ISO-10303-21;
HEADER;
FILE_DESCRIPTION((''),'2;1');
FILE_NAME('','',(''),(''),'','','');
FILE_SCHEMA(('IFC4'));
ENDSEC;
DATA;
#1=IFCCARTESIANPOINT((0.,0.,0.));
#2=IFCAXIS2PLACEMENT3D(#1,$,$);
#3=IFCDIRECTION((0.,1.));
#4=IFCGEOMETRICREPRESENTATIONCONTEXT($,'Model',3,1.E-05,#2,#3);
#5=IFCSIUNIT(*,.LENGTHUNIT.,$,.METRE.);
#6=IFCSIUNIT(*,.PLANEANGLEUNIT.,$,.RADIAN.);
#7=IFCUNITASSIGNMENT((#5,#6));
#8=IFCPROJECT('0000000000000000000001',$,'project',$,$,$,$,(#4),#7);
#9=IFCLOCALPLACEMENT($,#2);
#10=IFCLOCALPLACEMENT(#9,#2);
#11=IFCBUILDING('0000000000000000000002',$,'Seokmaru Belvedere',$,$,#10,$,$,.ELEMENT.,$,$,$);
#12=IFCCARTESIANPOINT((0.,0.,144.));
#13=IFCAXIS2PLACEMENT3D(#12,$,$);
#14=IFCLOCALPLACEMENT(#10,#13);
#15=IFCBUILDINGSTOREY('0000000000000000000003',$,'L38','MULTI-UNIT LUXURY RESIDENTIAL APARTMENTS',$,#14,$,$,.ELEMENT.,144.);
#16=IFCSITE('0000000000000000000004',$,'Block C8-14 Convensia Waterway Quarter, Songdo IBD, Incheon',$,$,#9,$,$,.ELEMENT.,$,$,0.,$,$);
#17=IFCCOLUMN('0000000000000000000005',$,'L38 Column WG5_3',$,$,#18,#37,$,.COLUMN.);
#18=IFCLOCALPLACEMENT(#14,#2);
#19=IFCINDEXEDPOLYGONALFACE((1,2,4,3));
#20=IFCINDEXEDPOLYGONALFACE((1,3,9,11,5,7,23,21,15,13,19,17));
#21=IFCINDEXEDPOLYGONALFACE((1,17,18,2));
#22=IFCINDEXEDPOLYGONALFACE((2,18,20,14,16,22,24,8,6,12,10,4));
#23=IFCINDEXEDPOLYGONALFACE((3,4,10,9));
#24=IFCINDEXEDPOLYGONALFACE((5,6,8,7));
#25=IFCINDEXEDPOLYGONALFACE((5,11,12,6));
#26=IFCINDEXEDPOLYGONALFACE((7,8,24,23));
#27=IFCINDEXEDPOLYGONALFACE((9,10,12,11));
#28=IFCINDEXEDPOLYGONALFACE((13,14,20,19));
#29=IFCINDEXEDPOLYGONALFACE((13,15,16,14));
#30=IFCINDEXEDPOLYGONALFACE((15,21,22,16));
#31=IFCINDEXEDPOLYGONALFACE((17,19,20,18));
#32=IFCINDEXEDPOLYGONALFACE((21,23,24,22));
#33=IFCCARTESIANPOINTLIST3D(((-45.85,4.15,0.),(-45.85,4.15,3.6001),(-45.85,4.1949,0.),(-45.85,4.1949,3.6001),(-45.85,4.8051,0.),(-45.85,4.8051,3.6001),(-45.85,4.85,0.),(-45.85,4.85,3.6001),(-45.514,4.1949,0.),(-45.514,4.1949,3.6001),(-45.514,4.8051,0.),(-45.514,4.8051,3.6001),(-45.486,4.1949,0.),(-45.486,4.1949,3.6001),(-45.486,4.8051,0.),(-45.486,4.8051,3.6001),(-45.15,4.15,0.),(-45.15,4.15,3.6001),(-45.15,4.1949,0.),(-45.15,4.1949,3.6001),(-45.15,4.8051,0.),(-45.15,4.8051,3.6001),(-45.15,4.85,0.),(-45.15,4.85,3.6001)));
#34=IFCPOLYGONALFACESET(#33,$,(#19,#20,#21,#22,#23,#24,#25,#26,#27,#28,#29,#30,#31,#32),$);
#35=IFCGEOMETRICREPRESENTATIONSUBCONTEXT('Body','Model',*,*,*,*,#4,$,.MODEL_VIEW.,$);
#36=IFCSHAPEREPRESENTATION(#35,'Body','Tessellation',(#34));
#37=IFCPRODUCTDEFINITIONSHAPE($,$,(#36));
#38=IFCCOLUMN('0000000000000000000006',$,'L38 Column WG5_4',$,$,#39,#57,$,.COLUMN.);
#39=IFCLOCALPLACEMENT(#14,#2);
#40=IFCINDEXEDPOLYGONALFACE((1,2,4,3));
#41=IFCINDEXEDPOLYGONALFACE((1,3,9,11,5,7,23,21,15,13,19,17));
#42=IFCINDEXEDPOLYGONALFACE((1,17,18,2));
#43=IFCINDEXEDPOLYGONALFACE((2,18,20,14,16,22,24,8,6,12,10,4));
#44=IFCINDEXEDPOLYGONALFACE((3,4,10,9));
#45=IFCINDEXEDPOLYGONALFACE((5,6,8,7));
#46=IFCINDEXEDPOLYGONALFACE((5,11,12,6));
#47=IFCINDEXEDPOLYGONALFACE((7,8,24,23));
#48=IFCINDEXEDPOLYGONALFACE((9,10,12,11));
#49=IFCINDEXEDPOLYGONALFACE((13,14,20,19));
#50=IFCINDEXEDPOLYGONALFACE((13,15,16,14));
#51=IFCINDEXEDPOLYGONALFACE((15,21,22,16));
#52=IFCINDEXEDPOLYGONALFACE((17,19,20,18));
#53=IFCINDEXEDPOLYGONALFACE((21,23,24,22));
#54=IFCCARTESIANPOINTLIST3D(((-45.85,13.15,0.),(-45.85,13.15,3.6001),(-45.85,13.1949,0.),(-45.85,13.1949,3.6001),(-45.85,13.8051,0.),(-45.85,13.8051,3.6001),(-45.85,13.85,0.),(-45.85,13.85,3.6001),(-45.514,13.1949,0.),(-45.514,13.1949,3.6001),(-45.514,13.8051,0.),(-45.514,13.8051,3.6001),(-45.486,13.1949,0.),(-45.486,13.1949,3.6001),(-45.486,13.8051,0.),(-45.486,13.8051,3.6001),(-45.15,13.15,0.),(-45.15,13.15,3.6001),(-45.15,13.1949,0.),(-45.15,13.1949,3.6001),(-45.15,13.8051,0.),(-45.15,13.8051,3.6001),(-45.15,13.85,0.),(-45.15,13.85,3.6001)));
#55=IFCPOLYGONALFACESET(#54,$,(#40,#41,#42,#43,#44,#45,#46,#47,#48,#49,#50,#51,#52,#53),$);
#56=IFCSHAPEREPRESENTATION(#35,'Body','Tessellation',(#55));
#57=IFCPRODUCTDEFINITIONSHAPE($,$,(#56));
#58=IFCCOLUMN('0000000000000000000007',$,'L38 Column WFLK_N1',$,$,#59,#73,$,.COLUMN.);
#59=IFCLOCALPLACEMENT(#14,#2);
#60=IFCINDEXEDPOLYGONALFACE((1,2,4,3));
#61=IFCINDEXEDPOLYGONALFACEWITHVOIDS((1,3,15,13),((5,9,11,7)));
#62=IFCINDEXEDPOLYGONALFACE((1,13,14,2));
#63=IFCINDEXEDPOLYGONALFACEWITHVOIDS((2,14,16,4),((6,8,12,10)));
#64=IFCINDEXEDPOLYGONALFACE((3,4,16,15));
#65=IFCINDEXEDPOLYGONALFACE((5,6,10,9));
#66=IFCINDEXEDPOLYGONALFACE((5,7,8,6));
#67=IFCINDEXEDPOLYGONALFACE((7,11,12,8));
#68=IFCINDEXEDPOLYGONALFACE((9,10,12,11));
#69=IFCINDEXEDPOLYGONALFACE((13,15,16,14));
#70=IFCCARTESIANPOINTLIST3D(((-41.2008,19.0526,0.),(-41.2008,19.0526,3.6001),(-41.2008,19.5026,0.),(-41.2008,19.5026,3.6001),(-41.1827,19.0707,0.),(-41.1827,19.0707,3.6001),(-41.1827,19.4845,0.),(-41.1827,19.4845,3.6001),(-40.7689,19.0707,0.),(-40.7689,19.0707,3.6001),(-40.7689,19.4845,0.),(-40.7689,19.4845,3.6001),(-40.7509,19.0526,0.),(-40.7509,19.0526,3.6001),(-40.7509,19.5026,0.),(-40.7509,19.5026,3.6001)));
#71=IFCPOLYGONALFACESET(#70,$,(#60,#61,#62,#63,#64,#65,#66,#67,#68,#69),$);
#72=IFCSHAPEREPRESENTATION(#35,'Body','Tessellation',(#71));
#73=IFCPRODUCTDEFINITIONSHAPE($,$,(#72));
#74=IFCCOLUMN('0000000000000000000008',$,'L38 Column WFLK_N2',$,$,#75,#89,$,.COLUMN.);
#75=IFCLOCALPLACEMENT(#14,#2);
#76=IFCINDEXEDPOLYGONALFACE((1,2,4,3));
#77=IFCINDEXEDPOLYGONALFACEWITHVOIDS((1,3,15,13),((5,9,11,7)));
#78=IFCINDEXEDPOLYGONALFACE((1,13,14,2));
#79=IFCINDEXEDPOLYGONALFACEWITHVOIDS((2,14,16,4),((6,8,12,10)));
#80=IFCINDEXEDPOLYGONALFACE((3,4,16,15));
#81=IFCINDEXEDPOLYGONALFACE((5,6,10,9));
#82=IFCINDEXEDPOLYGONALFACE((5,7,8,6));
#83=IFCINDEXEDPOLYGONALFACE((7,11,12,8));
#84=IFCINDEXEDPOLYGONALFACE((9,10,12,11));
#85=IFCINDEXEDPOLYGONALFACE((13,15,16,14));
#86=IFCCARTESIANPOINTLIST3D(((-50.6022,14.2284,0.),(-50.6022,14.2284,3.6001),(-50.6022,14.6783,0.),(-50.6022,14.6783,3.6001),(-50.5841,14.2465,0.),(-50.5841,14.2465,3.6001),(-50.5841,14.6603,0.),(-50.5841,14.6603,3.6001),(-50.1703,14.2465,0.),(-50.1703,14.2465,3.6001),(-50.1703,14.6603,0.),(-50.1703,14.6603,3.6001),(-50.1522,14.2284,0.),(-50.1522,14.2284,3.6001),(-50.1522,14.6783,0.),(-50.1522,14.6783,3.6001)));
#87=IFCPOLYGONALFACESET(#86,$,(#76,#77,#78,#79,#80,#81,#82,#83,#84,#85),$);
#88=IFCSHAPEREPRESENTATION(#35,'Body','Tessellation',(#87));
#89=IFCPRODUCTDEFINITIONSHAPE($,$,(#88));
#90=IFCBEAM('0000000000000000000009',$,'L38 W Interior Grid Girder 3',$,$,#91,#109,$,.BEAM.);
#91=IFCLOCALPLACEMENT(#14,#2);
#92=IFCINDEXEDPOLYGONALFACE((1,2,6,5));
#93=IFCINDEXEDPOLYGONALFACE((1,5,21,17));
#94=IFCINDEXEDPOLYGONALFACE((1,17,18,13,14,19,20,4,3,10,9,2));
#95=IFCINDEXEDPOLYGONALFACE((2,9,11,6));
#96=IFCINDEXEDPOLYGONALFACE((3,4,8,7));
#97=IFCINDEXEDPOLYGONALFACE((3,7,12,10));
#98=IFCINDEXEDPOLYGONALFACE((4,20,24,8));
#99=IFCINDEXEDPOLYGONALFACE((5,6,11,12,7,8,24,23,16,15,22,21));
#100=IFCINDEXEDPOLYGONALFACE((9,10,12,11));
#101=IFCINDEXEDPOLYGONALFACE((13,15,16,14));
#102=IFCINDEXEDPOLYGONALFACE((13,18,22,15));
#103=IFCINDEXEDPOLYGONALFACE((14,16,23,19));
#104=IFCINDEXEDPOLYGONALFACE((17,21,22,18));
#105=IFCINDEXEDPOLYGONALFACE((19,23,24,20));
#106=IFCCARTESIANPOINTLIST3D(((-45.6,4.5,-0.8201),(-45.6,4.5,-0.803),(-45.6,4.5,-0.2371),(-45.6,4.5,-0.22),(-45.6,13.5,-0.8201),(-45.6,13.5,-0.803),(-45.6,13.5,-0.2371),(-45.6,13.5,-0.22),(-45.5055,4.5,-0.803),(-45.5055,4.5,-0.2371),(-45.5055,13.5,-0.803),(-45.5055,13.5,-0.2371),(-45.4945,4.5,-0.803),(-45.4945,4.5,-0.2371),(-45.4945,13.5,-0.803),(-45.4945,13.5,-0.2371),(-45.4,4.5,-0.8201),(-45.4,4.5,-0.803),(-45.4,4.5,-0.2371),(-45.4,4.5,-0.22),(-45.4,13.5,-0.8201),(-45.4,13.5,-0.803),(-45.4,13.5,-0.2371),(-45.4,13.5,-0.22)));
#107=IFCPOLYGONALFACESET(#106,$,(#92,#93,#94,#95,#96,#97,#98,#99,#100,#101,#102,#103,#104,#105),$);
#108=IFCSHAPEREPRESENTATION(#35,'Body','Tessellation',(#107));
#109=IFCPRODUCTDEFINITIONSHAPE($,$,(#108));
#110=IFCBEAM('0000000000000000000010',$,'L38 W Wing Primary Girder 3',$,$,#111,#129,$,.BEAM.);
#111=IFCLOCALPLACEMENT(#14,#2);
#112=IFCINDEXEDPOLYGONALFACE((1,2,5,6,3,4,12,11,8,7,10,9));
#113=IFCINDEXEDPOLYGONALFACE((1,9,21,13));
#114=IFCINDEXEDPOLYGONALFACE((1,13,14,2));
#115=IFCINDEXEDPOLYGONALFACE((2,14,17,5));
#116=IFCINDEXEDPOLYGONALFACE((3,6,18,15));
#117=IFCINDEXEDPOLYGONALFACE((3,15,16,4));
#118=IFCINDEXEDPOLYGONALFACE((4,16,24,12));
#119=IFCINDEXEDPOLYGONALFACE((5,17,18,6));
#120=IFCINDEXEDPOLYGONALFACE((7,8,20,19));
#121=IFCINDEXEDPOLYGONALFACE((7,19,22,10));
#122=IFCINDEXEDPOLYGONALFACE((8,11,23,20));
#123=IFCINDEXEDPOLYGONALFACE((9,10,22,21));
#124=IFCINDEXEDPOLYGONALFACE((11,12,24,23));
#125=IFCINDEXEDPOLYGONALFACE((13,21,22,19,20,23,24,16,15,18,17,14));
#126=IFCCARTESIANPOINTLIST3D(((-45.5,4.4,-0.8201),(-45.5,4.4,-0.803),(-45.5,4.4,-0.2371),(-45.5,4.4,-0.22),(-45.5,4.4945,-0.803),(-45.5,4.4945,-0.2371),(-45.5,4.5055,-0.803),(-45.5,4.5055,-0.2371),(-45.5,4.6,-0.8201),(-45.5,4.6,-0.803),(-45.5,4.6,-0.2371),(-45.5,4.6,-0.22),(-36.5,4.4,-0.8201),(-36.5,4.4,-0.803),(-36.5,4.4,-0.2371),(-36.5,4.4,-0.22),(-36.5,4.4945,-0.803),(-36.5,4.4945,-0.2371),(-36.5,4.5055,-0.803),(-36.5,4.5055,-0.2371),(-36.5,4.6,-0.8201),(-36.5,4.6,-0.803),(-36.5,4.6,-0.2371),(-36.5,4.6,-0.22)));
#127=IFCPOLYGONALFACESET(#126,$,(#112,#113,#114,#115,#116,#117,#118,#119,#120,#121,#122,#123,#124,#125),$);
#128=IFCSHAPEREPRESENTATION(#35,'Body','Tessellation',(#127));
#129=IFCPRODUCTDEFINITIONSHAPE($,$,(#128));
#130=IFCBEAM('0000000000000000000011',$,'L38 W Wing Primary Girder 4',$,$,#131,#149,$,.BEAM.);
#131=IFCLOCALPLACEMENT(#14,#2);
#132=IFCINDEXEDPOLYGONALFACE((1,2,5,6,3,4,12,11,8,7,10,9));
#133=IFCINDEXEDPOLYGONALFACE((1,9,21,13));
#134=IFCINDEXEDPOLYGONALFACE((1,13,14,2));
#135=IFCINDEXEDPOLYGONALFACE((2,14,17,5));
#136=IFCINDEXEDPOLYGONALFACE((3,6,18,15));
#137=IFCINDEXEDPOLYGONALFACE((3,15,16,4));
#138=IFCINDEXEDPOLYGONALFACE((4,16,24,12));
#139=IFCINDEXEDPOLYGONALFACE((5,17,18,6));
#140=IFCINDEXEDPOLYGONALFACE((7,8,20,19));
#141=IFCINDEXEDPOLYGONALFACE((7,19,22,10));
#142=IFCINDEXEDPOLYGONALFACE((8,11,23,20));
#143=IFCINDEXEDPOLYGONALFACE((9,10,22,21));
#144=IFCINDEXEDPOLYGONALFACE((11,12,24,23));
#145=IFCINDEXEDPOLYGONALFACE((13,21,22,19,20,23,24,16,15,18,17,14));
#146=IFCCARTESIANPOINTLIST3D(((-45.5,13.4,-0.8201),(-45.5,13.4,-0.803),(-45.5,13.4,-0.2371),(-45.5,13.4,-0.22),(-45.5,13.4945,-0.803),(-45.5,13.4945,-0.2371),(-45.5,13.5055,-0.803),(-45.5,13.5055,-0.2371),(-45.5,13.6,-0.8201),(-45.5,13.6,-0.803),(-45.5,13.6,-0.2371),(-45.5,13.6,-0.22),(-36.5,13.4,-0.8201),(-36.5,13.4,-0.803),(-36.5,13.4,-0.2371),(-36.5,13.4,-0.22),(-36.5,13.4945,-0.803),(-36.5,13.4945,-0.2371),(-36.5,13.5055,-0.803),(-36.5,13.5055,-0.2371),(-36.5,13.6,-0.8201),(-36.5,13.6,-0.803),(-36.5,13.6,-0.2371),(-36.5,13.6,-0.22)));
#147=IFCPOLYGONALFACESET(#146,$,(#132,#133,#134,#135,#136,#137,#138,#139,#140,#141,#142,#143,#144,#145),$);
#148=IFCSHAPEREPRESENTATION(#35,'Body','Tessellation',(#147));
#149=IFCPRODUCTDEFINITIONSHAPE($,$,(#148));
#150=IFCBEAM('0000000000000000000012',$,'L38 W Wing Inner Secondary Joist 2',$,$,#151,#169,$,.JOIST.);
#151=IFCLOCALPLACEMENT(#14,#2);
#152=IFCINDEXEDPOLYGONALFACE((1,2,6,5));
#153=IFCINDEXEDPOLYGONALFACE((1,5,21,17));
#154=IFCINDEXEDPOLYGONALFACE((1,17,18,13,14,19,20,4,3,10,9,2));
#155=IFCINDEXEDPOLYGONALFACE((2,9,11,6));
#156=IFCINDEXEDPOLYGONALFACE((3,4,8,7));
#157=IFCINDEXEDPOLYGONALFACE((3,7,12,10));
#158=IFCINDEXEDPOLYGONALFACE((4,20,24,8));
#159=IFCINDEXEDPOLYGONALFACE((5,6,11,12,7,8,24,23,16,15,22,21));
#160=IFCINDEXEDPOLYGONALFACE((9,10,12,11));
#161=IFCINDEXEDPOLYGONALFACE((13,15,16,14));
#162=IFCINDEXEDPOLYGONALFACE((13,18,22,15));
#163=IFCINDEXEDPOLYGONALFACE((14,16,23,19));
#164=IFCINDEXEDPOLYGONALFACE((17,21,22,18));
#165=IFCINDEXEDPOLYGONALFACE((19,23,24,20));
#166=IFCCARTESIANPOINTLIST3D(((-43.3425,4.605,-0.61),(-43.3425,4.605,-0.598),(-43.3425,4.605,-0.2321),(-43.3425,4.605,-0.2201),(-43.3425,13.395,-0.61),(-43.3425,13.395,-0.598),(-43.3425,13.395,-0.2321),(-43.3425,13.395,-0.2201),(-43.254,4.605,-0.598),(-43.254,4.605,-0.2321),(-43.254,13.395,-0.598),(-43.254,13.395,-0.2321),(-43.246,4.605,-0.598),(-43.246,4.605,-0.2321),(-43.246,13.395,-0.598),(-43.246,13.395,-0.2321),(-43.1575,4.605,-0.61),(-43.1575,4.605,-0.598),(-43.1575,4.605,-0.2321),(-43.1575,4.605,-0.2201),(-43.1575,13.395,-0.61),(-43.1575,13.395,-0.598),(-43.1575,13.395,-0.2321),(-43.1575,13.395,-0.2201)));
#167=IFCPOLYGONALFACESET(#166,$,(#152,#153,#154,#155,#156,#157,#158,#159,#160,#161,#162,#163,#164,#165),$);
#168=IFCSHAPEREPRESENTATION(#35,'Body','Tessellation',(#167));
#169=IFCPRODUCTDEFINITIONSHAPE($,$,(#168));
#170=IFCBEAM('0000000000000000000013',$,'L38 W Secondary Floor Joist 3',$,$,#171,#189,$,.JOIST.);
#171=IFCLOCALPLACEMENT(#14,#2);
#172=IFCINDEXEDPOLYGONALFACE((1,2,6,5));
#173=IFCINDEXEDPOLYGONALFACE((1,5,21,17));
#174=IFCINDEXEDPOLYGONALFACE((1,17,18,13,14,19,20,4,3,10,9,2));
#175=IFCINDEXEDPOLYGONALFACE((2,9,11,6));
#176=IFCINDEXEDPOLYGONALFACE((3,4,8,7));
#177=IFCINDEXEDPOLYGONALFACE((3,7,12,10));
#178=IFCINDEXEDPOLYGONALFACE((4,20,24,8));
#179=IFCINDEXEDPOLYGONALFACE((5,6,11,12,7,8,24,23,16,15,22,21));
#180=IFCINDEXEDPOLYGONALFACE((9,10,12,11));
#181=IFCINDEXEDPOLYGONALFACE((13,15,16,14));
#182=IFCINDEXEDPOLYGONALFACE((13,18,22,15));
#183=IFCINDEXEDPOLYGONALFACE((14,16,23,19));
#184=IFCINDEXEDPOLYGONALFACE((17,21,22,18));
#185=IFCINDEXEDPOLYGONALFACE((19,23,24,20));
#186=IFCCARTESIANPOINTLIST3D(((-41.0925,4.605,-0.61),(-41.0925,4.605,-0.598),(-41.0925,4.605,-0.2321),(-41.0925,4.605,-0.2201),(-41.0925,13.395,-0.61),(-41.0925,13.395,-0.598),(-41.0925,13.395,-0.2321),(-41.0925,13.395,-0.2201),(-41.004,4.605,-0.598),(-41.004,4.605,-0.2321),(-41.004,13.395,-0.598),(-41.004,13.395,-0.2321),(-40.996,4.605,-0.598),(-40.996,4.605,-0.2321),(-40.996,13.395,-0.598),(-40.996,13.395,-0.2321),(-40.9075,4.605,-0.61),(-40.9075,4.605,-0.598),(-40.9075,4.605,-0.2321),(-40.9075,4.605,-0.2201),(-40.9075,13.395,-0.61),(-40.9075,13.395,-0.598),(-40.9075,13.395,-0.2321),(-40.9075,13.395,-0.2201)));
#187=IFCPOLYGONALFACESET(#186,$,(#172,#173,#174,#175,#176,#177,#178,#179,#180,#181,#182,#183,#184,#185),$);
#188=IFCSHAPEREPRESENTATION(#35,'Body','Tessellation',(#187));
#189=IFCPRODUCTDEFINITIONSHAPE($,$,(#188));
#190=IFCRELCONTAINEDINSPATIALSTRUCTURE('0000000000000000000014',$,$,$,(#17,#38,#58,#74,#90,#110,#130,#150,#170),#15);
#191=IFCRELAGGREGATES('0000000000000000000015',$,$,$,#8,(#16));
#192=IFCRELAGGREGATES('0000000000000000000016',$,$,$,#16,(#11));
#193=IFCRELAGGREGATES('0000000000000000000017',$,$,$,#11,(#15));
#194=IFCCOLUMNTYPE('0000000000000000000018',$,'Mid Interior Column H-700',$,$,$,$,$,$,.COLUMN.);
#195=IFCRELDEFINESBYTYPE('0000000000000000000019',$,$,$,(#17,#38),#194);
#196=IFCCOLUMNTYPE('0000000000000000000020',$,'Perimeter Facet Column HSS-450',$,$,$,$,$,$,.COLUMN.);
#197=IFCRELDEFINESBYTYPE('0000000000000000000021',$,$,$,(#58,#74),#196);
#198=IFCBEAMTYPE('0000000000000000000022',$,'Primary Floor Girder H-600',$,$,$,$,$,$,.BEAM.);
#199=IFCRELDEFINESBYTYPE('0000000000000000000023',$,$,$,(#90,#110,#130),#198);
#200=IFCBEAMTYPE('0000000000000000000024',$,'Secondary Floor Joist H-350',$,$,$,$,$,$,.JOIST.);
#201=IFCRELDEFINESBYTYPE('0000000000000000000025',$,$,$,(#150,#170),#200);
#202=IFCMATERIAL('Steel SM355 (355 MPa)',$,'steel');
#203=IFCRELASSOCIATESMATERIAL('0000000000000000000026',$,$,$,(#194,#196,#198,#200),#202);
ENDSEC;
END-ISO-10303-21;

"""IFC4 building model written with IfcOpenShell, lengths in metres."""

from ifc_helpers import new_model, si_unit, direction, frame, origin, origin_2d, place, context, subcontext, project, spatial, hollow_rectangle, i_section, extrude, source, transform, mapped, material, material_profile, profile_set, type_object, type_shapes, element, save


model = new_model("IFC4")

# Units and contexts
model_context = context("Model", 3, precision=1e-05, world=origin(), true_north=direction((0.0, 1.0)))
body_context = subcontext(model_context, "Body", "Model", "MODEL_VIEW")
ifc_project = project(units=[si_unit("LENGTHUNIT", "METRE"), si_unit("PLANEANGLEUNIT", "RADIAN")], contexts=[model_context])

# Site, building, storey
site_placement = place(None, origin())
site = spatial("IfcSite", under=ifc_project, at=site_placement, Name="Block C8-14 Convensia Waterway Quarter, Songdo IBD, Incheon", CompositionType="ELEMENT", RefElevation=0.0)
building_placement = place(site_placement, origin())
building = spatial("IfcBuilding", under=site, at=building_placement, Name="Seokmaru Belvedere", CompositionType="ELEMENT")
storey_placement = place(building_placement, frame((0.0, 0.0, 144.0)))
storey = spatial("IfcBuildingStorey", under=building, at=storey_placement, Name="L38", Description="MULTI-UNIT LUXURY RESIDENTIAL APARTMENTS", CompositionType="ELEMENT", Elevation=144.0)

# Columns
ifc_material_1 = material(Name="Steel SM355 (355 MPa)", Category="steel")
ifc_material_profile_1 = material_profile(ifc_material_1, i_section(OverallWidth=0.7, OverallDepth=0.7, WebThickness=0.0281, FlangeThickness=0.0449, at=origin_2d()), Name="H-700x700x28x45")
ifc_profile_set_1 = profile_set([ifc_material_profile_1], Name="Steel SM355 (355 MPa)")
column_type_1 = type_object("IfcColumnType", Name="Mid Interior Column H-700", PredefinedType="COLUMN", material=ifc_profile_set_1)
shared_shape_1 = source(origin(), body_context, "Body", "SweptSolid", [
    extrude(i_section(OverallWidth=0.7, OverallDepth=0.7, WebThickness=0.0281, FlangeThickness=0.0449, at=origin_2d()), origin(), (0.0, 0.0, 1.0), 3.6001),
])
type_shapes(column_type_1, [shared_shape_1])
for number, where, z_axis, x_axis, name in (
    (1, (-45.5, 4.5, 0.0), (0.0, 0.0, 1.0), (1.0, 0.0, 0.0), "L38 Column WG5_3"),
    (2, (-45.5, 13.5, 0.0), (0.0, 0.0, 1.0), (1.0, 0.0, 0.0), "L38 Column WG5_4"),
):
    element("IfcColumn", number, at=place(storey_placement, frame(where, z_axis=z_axis, x_axis=x_axis)), inside=storey, type_object=column_type_1, Name=name, PredefinedType="COLUMN", context=body_context, shape_type="MappedRepresentation", body=[
        mapped(shared_shape_1, transform((0.0, 0.0, 0.0), scale=1.0)),
    ])
ifc_material_profile_2 = material_profile(ifc_material_1, hollow_rectangle(XDim=0.45, YDim=0.45, WallThickness=0.0181, at=origin_2d()), Name="HSS-450x450x18")
ifc_profile_set_2 = profile_set([ifc_material_profile_2], Name="Steel SM355 (355 MPa)")
column_type_2 = type_object("IfcColumnType", Name="Perimeter Facet Column HSS-450", PredefinedType="COLUMN", material=ifc_profile_set_2)
shared_shape_2 = source(origin(), body_context, "Body", "SweptSolid", [
    extrude(hollow_rectangle(XDim=0.45, YDim=0.45, WallThickness=0.0181, at=origin_2d()), origin(), (0.0, 0.0, 1.0), 3.6001),
])
type_shapes(column_type_2, [shared_shape_2])
for number, where, z_axis, x_axis, name in (
    (3, (-40.9758, 19.2776, 0.0), (0.0, 0.0, 1.0), (1.0, 0.0, 0.0), "L38 Column WFLK_N1"),
    (4, (-50.3772, 14.4534, 0.0), (0.0, 0.0, 1.0), (1.0, 0.0, 0.0), "L38 Column WFLK_N2"),
):
    element("IfcColumn", number, at=place(storey_placement, frame(where, z_axis=z_axis, x_axis=x_axis)), inside=storey, type_object=column_type_2, Name=name, PredefinedType="COLUMN", context=body_context, shape_type="MappedRepresentation", body=[
        mapped(shared_shape_2, transform((0.0, 0.0, 0.0), scale=1.0)),
    ])

# Beams
ifc_material_profile_3 = material_profile(ifc_material_1, i_section(OverallWidth=0.2, OverallDepth=0.6001, WebThickness=0.011, FlangeThickness=0.0171, at=origin_2d()), Name="H-600x200x11x17")
ifc_profile_set_3 = profile_set([ifc_material_profile_3], Name="Steel SM355 (355 MPa)")
beam_type_1 = type_object("IfcBeamType", Name="Primary Floor Girder H-600", PredefinedType="BEAM", material=ifc_profile_set_3)
shared_shape_3 = source(origin(), body_context, "Body", "SweptSolid", [
    extrude(i_section(OverallWidth=0.2, OverallDepth=0.6001, WebThickness=0.011, FlangeThickness=0.0171, at=origin_2d()), origin(), (0.0, 0.0, 1.0), 9.0),
])
for number, where, z_axis, x_axis, name in (
    (5, (-45.5, 4.5, -0.52), (0.0, 1.0, 0.0), (-1.0, 0.0, 0.0), "L38 W Interior Grid Girder 3"),
    (6, (-45.5, 4.5, -0.52), (1.0, 0.0, 0.0), (0.0, 1.0, 0.0), "L38 W Wing Primary Girder 3"),
    (7, (-45.5, 13.5, -0.52), (1.0, 0.0, 0.0), (0.0, 1.0, 0.0), "L38 W Wing Primary Girder 4"),
):
    element("IfcBeam", number, at=place(storey_placement, frame(where, z_axis=z_axis, x_axis=x_axis)), inside=storey, type_object=beam_type_1, Name=name, PredefinedType="BEAM", context=body_context, shape_type="MappedRepresentation", body=[
        mapped(shared_shape_3, transform((0.0, 0.0, 0.0), scale=1.0)),
    ])
ifc_material_profile_4 = material_profile(ifc_material_1, i_section(OverallWidth=0.1851, OverallDepth=0.3899, WebThickness=0.0081, FlangeThickness=0.012, at=origin_2d()), Name="H-390x185x8x12")
ifc_profile_set_4 = profile_set([ifc_material_profile_4], Name="Steel SM355 (355 MPa)")
beam_type_2 = type_object("IfcBeamType", Name="Secondary Floor Joist H-350", PredefinedType="JOIST", material=ifc_profile_set_4)
shared_shape_4 = source(origin(), body_context, "Body", "SweptSolid", [
    extrude(i_section(OverallWidth=0.1851, OverallDepth=0.3899, WebThickness=0.0081, FlangeThickness=0.012, at=origin_2d()), origin(), (0.0, 0.0, 1.0), 8.79),
])
type_shapes(beam_type_2, [shared_shape_4])
for number, where, z_axis, x_axis, name in (
    (8, (-43.25, 4.605, -0.415), (0.0, 1.0, 0.0), (-1.0, 0.0, 0.0), "L38 W Wing Inner Secondary Joist 2"),
    (9, (-41.0, 4.605, -0.415), (0.0, 1.0, 0.0), (-1.0, 0.0, 0.0), "L38 W Secondary Floor Joist 3"),
):
    element("IfcBeam", number, at=place(storey_placement, frame(where, z_axis=z_axis, x_axis=x_axis)), inside=storey, type_object=beam_type_2, Name=name, PredefinedType="JOIST", context=body_context, shape_type="MappedRepresentation", body=[
        mapped(shared_shape_4, transform((0.0, 0.0, 0.0), scale=1.0)),
    ])

save(model, "model.ifc")
